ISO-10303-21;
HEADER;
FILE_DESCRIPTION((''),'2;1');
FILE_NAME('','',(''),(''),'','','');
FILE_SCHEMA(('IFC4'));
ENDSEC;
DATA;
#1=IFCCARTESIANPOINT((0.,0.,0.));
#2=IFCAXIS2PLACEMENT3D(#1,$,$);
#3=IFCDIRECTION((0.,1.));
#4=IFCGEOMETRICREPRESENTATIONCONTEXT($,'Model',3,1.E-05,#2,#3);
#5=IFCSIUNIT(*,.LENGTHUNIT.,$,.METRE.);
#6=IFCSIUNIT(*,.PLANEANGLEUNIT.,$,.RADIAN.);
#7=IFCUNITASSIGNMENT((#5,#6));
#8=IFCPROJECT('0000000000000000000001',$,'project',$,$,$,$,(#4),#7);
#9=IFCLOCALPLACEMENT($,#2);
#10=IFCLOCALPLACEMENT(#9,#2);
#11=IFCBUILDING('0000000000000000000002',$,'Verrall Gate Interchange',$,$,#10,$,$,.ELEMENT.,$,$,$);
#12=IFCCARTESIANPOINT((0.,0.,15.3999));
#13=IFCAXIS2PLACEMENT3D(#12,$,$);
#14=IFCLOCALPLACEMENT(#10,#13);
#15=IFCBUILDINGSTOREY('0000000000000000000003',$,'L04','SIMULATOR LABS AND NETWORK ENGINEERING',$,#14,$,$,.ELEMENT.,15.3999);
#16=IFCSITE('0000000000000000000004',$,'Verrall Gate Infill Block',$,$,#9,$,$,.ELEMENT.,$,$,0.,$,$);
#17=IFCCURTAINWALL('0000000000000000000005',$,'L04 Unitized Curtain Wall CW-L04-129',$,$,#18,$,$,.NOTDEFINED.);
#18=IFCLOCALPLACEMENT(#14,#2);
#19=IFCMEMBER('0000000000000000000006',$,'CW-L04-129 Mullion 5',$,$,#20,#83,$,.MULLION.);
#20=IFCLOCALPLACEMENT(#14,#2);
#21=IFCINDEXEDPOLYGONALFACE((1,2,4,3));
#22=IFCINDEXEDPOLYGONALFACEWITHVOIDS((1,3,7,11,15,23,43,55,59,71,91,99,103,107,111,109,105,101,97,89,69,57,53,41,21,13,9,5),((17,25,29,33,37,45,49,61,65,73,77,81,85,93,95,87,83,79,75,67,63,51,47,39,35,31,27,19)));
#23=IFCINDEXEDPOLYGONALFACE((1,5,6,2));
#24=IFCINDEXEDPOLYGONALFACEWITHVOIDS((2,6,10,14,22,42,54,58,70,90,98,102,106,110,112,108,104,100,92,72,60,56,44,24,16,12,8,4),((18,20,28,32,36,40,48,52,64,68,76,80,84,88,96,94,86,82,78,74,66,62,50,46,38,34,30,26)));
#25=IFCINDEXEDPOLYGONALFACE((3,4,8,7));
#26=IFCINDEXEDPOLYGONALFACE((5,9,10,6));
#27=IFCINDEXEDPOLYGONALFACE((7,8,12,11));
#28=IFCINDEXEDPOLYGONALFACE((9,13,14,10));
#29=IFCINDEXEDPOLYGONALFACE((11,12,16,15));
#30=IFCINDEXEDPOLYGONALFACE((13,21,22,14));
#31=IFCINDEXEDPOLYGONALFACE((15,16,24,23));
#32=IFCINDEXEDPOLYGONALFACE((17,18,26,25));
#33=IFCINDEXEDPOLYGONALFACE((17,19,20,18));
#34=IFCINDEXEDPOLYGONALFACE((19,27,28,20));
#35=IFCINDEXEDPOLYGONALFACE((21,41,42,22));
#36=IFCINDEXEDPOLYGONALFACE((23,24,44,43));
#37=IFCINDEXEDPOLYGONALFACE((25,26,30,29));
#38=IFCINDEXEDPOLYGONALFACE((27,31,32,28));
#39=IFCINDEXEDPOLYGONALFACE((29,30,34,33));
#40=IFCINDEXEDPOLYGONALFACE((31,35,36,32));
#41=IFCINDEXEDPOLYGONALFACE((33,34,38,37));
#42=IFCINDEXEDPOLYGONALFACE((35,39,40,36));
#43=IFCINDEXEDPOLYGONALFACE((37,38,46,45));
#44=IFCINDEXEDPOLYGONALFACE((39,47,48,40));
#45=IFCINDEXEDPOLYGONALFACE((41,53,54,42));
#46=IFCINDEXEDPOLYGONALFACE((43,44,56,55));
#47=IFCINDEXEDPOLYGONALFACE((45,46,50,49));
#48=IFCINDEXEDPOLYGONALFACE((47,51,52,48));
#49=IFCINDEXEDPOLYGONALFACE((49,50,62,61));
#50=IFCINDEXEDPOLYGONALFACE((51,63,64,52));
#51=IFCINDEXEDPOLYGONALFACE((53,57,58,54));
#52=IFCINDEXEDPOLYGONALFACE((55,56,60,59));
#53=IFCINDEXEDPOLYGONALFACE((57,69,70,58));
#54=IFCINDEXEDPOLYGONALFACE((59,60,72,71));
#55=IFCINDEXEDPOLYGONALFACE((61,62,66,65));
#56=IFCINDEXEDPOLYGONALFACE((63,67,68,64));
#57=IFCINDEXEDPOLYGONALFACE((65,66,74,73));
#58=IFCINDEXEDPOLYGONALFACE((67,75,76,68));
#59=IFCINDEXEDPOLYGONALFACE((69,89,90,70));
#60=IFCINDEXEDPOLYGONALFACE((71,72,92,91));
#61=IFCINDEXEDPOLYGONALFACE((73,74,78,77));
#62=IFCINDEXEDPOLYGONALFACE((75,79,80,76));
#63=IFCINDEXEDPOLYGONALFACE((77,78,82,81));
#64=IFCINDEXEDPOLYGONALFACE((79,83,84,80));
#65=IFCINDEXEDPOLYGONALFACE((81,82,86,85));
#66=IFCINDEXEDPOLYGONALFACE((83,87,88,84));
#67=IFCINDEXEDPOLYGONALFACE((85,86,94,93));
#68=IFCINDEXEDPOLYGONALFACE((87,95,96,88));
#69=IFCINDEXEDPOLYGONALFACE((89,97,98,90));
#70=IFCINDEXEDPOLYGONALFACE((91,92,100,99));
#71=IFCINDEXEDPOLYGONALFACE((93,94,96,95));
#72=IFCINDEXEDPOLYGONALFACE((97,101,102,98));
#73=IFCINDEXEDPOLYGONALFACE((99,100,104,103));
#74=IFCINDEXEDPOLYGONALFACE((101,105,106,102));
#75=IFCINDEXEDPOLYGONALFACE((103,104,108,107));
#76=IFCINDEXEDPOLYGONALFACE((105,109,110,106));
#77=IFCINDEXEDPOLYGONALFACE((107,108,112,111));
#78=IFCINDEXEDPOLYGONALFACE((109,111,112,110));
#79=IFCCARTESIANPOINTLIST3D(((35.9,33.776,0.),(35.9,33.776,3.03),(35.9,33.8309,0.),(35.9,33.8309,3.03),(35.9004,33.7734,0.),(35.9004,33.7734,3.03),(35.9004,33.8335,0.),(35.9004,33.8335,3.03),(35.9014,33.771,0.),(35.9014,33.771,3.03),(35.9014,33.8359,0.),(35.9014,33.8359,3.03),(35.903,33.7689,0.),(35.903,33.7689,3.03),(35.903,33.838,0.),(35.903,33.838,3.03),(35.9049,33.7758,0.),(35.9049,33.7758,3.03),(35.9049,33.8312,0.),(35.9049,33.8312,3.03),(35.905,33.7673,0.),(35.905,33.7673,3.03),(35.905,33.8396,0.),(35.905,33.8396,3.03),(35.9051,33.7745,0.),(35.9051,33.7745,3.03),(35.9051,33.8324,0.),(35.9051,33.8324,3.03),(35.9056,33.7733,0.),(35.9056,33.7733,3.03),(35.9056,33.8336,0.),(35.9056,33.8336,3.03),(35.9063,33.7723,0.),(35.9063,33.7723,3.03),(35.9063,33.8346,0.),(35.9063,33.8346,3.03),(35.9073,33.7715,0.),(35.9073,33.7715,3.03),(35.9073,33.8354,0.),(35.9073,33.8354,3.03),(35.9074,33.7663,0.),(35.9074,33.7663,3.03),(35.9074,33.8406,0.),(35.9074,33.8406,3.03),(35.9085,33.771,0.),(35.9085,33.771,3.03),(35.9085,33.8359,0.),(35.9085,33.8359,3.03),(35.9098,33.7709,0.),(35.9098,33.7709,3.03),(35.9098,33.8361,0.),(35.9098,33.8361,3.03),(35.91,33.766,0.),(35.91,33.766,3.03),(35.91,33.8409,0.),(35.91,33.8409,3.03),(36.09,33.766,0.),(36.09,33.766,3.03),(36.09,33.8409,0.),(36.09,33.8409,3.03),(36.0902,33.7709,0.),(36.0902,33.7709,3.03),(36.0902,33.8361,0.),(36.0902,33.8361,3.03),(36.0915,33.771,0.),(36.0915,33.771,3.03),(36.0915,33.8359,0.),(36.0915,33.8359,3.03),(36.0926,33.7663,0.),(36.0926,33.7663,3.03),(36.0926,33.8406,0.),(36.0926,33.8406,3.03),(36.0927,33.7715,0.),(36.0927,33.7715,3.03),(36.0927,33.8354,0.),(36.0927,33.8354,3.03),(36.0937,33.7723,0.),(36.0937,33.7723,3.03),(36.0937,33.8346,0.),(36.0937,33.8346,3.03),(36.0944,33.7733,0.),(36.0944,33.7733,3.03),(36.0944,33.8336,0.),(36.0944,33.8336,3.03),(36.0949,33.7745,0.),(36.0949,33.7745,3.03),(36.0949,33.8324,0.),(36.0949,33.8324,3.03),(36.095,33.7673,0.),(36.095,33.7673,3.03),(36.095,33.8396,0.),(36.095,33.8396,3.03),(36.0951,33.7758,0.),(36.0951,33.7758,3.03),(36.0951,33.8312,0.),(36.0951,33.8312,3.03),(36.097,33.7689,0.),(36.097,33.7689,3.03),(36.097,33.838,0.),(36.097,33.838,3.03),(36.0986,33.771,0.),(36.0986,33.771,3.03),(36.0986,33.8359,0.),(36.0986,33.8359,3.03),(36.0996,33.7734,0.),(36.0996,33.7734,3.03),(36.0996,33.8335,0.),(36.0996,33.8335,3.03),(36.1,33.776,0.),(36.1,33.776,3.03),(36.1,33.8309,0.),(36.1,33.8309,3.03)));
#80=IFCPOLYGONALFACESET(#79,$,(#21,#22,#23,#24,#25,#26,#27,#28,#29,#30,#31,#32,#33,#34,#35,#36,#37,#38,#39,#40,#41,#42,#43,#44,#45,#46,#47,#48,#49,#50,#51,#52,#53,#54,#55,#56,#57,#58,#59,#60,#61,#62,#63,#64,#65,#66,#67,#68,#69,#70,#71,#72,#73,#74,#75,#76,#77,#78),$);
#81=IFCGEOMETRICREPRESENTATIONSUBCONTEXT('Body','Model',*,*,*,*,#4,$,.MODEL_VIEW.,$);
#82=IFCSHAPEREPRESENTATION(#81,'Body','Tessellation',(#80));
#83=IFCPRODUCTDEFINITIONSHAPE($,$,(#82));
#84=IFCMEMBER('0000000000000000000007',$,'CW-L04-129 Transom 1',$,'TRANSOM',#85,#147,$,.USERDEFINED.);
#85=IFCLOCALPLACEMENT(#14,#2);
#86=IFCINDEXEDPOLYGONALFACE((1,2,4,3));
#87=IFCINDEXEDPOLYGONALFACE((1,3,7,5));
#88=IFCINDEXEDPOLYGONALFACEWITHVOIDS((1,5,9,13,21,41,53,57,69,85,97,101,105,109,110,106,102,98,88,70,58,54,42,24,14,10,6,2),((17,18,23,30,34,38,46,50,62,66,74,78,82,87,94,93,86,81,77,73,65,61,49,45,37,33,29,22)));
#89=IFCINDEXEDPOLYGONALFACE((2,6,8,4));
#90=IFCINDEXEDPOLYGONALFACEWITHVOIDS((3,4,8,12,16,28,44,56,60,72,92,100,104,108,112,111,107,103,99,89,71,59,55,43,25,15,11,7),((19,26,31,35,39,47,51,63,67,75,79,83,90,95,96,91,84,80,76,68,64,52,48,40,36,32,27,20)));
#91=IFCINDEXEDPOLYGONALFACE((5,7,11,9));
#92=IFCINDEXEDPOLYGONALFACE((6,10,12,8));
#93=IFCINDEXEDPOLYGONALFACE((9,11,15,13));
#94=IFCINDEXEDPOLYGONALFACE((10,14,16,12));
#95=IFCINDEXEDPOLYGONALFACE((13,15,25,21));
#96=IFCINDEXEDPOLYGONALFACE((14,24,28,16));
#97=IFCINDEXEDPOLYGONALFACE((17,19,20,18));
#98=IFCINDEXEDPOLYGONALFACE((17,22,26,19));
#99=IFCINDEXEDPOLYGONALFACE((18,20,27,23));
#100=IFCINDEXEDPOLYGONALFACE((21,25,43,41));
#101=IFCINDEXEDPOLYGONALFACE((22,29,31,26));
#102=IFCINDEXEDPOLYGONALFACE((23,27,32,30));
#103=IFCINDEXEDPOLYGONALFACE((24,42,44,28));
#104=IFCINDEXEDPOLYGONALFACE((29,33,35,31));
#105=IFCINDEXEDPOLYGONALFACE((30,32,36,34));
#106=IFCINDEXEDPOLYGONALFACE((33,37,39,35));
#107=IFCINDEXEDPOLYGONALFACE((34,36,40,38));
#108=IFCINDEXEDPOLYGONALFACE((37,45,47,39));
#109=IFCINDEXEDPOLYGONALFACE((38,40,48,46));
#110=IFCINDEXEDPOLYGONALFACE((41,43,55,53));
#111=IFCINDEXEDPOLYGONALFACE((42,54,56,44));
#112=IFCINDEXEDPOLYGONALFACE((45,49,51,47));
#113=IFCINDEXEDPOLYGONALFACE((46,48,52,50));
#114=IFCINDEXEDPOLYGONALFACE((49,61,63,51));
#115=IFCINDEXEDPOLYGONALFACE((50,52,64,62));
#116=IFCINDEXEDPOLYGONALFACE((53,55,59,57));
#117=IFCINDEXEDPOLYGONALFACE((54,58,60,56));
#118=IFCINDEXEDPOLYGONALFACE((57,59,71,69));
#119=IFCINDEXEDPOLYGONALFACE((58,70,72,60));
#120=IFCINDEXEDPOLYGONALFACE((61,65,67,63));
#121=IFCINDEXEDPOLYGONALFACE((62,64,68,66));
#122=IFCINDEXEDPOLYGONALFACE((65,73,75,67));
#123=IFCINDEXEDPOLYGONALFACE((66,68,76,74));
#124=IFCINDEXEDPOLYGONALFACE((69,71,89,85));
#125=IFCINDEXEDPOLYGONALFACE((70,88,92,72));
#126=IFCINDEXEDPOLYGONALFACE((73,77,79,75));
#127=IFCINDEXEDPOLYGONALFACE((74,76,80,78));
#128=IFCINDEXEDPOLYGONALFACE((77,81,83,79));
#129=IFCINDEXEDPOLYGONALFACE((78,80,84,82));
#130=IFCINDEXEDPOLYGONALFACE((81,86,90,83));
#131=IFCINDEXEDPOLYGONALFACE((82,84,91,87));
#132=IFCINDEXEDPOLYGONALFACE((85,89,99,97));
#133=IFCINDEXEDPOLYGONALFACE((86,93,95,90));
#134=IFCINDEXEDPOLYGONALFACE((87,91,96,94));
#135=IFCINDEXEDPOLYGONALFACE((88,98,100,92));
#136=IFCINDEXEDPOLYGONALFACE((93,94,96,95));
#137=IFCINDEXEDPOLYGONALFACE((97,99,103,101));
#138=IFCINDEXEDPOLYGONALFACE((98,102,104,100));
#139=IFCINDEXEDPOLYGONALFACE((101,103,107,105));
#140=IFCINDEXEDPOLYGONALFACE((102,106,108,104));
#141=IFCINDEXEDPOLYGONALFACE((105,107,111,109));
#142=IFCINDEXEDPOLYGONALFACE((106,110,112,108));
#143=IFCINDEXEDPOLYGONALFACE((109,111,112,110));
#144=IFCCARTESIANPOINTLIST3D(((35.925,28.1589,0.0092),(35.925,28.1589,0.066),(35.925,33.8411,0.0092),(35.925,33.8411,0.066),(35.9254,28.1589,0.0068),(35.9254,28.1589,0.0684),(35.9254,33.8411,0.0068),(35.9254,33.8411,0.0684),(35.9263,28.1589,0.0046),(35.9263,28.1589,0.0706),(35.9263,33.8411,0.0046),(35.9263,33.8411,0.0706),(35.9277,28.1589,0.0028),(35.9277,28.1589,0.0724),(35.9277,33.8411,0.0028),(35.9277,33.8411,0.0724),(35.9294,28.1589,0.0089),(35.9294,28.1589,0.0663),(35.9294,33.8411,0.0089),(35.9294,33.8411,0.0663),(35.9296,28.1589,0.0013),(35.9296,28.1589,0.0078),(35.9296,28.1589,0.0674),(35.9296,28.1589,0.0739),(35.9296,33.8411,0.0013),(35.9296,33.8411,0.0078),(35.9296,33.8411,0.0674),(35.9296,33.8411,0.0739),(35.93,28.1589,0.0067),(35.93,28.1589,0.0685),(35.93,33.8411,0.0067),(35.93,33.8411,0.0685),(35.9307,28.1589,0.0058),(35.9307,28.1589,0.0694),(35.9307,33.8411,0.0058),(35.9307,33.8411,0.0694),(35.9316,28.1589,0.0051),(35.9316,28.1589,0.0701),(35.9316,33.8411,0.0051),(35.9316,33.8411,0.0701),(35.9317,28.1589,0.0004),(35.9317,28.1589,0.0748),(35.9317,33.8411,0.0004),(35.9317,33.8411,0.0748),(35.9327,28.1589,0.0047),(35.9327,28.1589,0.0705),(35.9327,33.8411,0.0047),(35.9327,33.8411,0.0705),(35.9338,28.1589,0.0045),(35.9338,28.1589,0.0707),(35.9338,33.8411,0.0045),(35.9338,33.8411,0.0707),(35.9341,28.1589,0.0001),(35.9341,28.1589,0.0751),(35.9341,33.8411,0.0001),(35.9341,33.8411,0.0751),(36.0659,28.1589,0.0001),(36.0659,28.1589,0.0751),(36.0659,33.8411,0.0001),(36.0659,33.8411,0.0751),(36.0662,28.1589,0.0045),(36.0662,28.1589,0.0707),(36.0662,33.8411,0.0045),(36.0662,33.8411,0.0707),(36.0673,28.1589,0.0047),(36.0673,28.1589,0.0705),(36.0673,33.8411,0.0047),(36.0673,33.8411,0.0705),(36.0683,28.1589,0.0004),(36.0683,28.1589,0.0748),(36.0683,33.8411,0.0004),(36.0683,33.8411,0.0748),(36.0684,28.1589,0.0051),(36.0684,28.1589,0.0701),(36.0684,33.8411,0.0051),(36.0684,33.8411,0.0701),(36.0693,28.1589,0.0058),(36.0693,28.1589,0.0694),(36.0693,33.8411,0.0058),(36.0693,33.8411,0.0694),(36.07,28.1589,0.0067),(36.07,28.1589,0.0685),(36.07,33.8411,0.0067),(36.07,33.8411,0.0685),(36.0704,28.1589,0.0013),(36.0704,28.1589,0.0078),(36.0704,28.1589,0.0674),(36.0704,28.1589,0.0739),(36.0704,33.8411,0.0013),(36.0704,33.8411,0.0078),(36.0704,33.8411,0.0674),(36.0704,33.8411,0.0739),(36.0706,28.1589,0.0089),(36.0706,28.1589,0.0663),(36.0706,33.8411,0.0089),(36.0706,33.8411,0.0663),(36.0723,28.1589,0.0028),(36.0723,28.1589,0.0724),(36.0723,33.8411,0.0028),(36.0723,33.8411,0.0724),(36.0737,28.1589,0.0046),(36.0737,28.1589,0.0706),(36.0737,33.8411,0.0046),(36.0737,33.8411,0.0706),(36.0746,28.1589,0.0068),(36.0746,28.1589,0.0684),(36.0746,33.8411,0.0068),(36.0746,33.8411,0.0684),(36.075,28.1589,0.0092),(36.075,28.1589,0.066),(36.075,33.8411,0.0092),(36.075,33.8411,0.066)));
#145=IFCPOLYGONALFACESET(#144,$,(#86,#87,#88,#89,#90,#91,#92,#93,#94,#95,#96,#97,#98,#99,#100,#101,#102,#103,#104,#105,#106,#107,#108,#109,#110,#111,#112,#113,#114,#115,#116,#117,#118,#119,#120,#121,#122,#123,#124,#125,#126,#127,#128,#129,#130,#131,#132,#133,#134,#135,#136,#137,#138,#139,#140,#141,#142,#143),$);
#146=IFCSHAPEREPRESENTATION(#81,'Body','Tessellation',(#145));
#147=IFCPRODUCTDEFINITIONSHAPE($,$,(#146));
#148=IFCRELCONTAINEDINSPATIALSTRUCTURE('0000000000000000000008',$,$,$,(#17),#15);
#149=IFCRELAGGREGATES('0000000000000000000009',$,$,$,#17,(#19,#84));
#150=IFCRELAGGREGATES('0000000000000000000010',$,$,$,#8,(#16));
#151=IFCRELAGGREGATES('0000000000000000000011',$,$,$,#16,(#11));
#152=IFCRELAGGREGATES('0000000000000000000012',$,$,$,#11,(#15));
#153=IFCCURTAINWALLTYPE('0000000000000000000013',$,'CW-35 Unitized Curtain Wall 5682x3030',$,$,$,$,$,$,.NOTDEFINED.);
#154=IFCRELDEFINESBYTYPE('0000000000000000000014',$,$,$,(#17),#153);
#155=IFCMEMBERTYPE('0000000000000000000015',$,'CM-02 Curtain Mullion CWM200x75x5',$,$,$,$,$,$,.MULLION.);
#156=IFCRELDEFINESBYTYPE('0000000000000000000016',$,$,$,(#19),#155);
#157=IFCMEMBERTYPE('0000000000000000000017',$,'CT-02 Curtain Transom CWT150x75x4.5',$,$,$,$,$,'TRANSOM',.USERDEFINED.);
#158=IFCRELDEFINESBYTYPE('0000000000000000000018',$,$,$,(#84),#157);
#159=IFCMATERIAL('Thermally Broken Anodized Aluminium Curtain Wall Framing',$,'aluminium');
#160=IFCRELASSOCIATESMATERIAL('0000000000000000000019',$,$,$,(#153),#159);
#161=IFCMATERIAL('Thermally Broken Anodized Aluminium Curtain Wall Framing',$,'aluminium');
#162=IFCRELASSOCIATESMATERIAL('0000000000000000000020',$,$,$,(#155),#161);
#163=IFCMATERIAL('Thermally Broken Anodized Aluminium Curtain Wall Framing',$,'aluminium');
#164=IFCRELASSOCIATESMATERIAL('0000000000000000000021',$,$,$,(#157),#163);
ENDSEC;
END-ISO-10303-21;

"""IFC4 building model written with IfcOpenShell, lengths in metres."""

from ifc_helpers import new_model, si_unit, direction, frame, origin, origin_2d, place, context, subcontext, project, spatial, hollow_rectangle, extrude, material, material_profile, profile_set, type_object, element, aggregate, save


model = new_model("IFC4")

# Units and contexts
model_context = context("Model", 3, precision=1e-05, world=origin(), true_north=direction((0.0, 1.0)))
body_context = subcontext(model_context, "Body", "Model", "MODEL_VIEW")
ifc_project = project(units=[si_unit("LENGTHUNIT", "METRE"), si_unit("PLANEANGLEUNIT", "RADIAN")], contexts=[model_context])

# Site, building, storey
site_placement = place(None, origin())
site = spatial("IfcSite", under=ifc_project, at=site_placement, Name="Verrall Gate Infill Block", CompositionType="ELEMENT", RefElevation=0.0)
building_placement = place(site_placement, origin())
building = spatial("IfcBuilding", under=site, at=building_placement, Name="Verrall Gate Interchange", CompositionType="ELEMENT")
storey_placement = place(building_placement, frame((0.0, 0.0, 15.3999)))
storey = spatial("IfcBuildingStorey", under=building, at=storey_placement, Name="L04", Description="SIMULATOR LABS AND NETWORK ENGINEERING", CompositionType="ELEMENT", Elevation=15.3999)

# Curtain wall, members
ifc_material_1 = material(Name="Thermally Broken Anodized Aluminium Curtain Wall Framing", Category="aluminium")
curtain_wall_type = type_object("IfcCurtainWallType", Name="CW-35 Unitized Curtain Wall 5682x3030", PredefinedType="NOTDEFINED", material=ifc_material_1)
curtain_wall_placement = place(storey_placement, origin())
curtain_wall = element("IfcCurtainWall", 1, at=curtain_wall_placement, inside=storey, type_object=curtain_wall_type, Name="L04 Unitized Curtain Wall CW-L04-129", PredefinedType="NOTDEFINED")
ifc_material_2 = material(Name="Thermally Broken Anodized Aluminium Curtain Wall Framing", Category="aluminium")
ifc_material_profile_1 = material_profile(ifc_material_2, hollow_rectangle(XDim=0.075, YDim=0.2, WallThickness=0.0049, InnerFilletRadius=0.0049, OuterFilletRadius=0.01, at=origin_2d()), Name="CWM200x75x5")
ifc_profile_set_1 = profile_set([ifc_material_profile_1], Name="Thermally Broken Anodized Aluminium Curtain Wall Framing")
member_type_1 = type_object("IfcMemberType", Name="CM-02 Curtain Mullion CWM200x75x5", PredefinedType="MULLION", material=ifc_profile_set_1)
member_1_placement = place(storey_placement, frame((36.0, 33.8035, 0.0), z_axis=(0.0, 0.0, 1.0), x_axis=(0.0, 1.0, 0.0)))
member_1 = element("IfcMember", 2, at=member_1_placement, type_object=member_type_1, Name="CW-L04-129 Mullion 5", PredefinedType="MULLION", context=body_context, shape_type="SweptSolid", body=[
    extrude(hollow_rectangle(XDim=0.075, YDim=0.2, WallThickness=0.0049, InnerFilletRadius=0.0049, OuterFilletRadius=0.01, at=origin_2d()), origin(), (0.0, 0.0, 1.0), 3.03),
])
ifc_material_3 = material(Name="Thermally Broken Anodized Aluminium Curtain Wall Framing", Category="aluminium")
ifc_material_profile_2 = material_profile(ifc_material_3, hollow_rectangle(XDim=0.1499, YDim=0.075, WallThickness=0.0044, InnerFilletRadius=0.0044, OuterFilletRadius=0.009, at=origin_2d()), Name="CWT150x75x4.5")
ifc_profile_set_2 = profile_set([ifc_material_profile_2], Name="Thermally Broken Anodized Aluminium Curtain Wall Framing")
member_type_2 = type_object("IfcMemberType", Name="CT-02 Curtain Transom CWT150x75x4.5", ElementType="TRANSOM", PredefinedType="USERDEFINED", material=ifc_profile_set_2)
member_2_placement = place(storey_placement, frame((36.0, 28.1589, 0.0376), z_axis=(0.0, 1.0, 0.0), x_axis=(-1.0, 0.0, 0.0)))
member_2 = element("IfcMember", 3, at=member_2_placement, type_object=member_type_2, Name="CW-L04-129 Transom 1", ObjectType="TRANSOM", PredefinedType="USERDEFINED", context=body_context, shape_type="SweptSolid", body=[
    extrude(hollow_rectangle(XDim=0.1499, YDim=0.075, WallThickness=0.0044, InnerFilletRadius=0.0044, OuterFilletRadius=0.009, at=origin_2d()), origin(), (0.0, 0.0, 1.0), 5.6821),
])

aggregate(curtain_wall, [member_1, member_2])

save(model, "model.ifc")
